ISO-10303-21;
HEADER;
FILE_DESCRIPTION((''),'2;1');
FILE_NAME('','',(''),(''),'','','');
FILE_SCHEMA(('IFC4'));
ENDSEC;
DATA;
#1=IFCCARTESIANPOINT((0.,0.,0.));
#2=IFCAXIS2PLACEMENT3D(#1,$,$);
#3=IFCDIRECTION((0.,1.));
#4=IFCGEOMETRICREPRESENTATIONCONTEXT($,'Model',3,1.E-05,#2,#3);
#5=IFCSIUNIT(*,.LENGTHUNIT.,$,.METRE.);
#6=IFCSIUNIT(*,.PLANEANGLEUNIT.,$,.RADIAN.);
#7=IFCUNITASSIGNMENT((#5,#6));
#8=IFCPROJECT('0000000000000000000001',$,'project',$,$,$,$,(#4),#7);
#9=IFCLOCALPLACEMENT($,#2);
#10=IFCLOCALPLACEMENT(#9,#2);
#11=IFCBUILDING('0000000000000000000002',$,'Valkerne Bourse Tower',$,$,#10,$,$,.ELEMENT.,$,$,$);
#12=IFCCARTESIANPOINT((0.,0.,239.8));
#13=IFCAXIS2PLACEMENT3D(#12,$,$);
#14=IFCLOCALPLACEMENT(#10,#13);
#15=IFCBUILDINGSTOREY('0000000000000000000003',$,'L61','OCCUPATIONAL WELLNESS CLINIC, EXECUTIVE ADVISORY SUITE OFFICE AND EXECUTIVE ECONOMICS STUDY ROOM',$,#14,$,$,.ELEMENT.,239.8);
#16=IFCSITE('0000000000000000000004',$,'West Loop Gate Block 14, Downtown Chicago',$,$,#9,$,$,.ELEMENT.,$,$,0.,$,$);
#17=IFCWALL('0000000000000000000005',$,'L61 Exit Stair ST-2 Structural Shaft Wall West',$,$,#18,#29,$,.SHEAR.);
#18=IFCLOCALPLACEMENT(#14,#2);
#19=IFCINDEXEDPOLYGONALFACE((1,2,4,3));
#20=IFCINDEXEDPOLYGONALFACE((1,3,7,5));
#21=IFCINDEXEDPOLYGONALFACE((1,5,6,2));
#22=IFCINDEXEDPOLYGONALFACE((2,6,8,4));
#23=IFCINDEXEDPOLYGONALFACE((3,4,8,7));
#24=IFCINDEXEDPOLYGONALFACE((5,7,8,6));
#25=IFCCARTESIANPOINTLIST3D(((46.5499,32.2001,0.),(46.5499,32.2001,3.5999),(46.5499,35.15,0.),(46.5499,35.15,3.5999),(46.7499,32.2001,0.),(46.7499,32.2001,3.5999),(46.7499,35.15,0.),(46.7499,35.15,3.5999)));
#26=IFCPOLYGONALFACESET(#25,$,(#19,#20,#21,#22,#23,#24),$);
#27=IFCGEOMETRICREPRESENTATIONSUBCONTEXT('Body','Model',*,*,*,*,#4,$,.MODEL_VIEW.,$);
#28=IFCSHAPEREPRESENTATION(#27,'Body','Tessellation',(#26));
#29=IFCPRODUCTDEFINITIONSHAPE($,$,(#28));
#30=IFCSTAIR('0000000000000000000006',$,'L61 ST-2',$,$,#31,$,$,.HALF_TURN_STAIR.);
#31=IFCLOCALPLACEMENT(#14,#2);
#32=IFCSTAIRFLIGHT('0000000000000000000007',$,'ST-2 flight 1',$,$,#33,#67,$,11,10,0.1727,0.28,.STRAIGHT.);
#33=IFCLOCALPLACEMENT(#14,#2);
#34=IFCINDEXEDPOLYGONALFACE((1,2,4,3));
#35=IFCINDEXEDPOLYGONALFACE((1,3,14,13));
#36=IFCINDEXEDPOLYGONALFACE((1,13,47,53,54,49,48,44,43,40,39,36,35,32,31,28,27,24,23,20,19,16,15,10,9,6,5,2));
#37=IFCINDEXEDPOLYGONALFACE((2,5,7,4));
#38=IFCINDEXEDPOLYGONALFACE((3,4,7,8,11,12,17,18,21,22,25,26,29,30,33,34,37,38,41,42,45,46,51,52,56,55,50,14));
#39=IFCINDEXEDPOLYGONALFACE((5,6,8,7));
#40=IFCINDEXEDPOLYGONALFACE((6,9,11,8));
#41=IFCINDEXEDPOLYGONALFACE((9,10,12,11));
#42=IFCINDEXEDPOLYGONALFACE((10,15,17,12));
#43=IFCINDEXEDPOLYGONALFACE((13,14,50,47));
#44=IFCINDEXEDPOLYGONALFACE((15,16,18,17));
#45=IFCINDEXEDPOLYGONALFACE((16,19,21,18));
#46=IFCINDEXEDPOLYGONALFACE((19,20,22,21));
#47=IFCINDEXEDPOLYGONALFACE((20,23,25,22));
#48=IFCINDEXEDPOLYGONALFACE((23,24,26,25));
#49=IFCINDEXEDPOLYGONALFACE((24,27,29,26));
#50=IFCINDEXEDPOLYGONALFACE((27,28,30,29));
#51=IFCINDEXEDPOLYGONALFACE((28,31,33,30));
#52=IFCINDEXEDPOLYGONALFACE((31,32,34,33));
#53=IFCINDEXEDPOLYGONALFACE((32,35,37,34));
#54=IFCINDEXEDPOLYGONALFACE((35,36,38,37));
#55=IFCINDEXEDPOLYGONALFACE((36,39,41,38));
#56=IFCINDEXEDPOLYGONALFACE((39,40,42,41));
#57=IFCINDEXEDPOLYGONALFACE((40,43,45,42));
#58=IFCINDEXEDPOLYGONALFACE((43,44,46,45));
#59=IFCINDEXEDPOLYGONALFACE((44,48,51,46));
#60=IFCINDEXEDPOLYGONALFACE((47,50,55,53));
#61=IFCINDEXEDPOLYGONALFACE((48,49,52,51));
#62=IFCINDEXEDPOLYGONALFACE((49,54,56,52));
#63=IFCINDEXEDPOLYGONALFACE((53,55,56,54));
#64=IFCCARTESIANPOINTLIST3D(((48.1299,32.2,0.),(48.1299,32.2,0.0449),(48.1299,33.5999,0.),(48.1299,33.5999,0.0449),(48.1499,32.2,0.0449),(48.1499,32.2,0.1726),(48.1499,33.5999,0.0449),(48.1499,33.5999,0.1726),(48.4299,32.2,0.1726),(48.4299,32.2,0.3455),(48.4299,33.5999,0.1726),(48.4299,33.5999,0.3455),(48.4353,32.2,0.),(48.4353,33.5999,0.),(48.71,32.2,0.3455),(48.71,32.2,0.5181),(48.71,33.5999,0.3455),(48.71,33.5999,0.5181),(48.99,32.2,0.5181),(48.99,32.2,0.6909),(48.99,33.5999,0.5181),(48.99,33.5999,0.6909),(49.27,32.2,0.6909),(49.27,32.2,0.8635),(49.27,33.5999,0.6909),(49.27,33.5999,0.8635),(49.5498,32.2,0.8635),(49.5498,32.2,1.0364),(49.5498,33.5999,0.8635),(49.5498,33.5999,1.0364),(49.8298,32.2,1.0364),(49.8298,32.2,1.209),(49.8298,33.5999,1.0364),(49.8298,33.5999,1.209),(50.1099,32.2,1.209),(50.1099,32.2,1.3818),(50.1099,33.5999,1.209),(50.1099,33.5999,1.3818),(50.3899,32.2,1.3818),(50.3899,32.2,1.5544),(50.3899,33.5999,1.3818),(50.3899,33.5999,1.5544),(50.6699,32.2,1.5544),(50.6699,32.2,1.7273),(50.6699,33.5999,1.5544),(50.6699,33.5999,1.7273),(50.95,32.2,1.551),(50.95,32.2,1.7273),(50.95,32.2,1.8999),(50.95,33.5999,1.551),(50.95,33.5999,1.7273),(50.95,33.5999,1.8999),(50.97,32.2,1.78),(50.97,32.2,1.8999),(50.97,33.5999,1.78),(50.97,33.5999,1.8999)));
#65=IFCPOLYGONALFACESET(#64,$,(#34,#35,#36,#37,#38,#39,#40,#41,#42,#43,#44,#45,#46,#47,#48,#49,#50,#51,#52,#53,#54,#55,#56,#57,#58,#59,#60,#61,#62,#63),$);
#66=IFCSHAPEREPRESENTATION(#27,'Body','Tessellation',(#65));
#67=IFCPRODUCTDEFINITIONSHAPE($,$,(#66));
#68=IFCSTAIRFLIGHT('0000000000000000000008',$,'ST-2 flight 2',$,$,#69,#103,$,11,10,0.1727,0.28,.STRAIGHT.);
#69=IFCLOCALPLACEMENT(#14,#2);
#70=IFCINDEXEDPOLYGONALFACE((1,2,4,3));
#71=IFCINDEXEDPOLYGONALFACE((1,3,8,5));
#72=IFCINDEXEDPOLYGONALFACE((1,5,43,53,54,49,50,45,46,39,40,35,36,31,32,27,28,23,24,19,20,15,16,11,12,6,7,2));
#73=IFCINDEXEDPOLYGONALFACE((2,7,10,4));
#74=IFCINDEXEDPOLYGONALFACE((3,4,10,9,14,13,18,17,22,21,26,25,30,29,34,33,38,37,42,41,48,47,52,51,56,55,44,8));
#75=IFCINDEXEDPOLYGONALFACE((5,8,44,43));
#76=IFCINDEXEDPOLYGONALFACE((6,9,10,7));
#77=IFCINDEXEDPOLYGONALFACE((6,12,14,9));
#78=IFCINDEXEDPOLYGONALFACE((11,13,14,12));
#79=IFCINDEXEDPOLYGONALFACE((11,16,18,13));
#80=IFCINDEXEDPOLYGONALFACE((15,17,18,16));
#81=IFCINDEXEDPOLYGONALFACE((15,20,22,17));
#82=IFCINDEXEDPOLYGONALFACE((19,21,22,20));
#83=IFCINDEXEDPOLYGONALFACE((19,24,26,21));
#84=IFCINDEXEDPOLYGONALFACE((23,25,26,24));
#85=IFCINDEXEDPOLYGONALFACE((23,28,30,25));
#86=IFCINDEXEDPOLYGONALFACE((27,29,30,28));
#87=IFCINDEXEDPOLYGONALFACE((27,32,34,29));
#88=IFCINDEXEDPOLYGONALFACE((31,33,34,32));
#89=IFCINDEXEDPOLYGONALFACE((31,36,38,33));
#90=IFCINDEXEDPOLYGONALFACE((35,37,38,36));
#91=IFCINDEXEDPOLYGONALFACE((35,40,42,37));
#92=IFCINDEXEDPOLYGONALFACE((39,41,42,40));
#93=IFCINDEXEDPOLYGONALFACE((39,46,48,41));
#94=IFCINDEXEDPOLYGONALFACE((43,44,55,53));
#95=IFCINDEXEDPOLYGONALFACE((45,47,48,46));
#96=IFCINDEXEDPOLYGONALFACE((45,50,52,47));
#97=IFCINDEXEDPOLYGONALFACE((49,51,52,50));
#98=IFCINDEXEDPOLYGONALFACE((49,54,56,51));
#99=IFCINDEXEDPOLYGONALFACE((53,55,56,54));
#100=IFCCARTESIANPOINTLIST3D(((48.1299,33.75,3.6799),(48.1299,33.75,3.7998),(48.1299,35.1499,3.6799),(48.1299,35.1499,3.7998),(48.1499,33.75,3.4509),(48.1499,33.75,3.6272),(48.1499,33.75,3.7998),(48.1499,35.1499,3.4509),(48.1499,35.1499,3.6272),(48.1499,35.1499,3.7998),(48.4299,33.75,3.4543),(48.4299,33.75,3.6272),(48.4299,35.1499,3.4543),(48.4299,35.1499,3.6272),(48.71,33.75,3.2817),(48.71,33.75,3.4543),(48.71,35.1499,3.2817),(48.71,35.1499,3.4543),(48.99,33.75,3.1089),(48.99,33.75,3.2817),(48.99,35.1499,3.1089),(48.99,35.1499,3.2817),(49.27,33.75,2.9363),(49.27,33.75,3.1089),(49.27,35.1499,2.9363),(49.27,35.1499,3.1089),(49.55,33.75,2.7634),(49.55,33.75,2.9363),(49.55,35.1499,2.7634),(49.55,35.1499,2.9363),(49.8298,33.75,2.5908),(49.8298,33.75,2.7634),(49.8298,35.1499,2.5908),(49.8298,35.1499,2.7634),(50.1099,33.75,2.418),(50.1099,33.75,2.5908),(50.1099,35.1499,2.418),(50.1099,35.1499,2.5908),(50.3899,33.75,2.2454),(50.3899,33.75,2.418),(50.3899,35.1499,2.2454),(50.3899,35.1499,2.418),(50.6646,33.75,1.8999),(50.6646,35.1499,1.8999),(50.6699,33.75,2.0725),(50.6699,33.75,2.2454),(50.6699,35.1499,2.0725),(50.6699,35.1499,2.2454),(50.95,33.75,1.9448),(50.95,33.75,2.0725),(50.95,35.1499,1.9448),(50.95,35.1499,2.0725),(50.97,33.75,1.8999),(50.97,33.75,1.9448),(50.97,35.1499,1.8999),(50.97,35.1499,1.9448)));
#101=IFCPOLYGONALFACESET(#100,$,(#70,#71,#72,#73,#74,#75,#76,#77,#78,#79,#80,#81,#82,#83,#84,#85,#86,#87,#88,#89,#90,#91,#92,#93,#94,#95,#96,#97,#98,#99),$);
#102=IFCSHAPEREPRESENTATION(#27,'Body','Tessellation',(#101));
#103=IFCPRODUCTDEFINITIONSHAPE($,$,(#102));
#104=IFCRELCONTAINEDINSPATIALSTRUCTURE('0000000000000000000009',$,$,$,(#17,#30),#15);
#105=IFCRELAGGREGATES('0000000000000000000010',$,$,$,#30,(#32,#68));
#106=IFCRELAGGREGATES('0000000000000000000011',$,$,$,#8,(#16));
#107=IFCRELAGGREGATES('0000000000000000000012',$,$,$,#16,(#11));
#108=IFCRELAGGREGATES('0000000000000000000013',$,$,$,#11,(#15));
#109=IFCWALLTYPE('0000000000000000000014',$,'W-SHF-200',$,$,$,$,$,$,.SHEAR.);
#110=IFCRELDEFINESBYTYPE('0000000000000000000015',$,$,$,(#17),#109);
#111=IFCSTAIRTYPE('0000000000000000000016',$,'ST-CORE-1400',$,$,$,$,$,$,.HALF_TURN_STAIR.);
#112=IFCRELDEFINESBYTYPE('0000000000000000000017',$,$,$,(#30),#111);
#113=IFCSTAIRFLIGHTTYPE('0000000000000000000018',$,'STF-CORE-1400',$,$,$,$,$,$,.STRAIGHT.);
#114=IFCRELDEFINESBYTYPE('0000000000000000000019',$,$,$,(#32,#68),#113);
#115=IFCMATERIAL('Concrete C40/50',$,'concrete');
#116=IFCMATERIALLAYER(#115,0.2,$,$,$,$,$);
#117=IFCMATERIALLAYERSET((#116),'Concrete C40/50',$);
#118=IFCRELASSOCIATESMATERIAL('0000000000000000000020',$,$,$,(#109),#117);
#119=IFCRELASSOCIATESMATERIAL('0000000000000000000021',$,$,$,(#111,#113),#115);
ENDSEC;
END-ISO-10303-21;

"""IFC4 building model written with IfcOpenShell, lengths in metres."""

from ifc_helpers import new_model, si_unit, direction, frame, frame_2d, origin, place, context, subcontext, project, spatial, polyline, rectangle, outline, extrude, material, layer, layer_set, type_object, element, aggregate, save


model = new_model("IFC4")

# Units and contexts
model_context = context("Model", 3, precision=1e-05, world=origin(), true_north=direction((0.0, 1.0)))
body_context = subcontext(model_context, "Body", "Model", "MODEL_VIEW")
ifc_project = project(units=[si_unit("LENGTHUNIT", "METRE"), si_unit("PLANEANGLEUNIT", "RADIAN")], contexts=[model_context])

# Site, building, storey
site_placement = place(None, origin())
site = spatial("IfcSite", under=ifc_project, at=site_placement, Name="West Loop Gate Block 14, Downtown Chicago", CompositionType="ELEMENT", RefElevation=0.0)
building_placement = place(site_placement, origin())
building = spatial("IfcBuilding", under=site, at=building_placement, Name="Valkerne Bourse Tower", CompositionType="ELEMENT")
storey_placement = place(building_placement, frame((0.0, 0.0, 239.8)))
storey = spatial("IfcBuildingStorey", under=building, at=storey_placement, Name="L61", Description="OCCUPATIONAL WELLNESS CLINIC, EXECUTIVE ADVISORY SUITE OFFICE AND EXECUTIVE ECONOMICS STUDY ROOM", CompositionType="ELEMENT", Elevation=239.8)

# Shared definitions
ifc_material_1 = material(Name="Concrete C40/50", Category="concrete")
ifc_layer_1 = layer(ifc_material_1, 0.2)
ifc_layer_set_1 = layer_set([ifc_layer_1], Name="Concrete C40/50")
wall_type_1 = type_object("IfcWallType", Name="W-SHF-200", PredefinedType="SHEAR", material=ifc_layer_set_1)

# Wall
wall_1_placement = place(storey_placement, frame((46.6499, 32.2, 0.0), z_axis=(0.0, 0.0, 1.0), x_axis=(0.0, 1.0, 0.0)))
element("IfcWall", 1, at=wall_1_placement, inside=storey, type_object=wall_type_1, Name="L61 Exit Stair ST-2 Structural Shaft Wall West", PredefinedType="SHEAR", context=body_context, shape_type="SweptSolid", body=[
    extrude(rectangle(XDim=2.95, YDim=0.2, at=frame_2d((1.4751, 0.0))), origin(), (0.0, 0.0, 1.0), 3.5999),
])

# Stair, stair flights
stair_type = type_object("IfcStairType", Name="ST-CORE-1400", PredefinedType="HALF_TURN_STAIR", material=ifc_material_1)
stair_placement = place(storey_placement, origin())
stair = element("IfcStair", 2, at=stair_placement, inside=storey, type_object=stair_type, Name="L61 ST-2", PredefinedType="HALF_TURN_STAIR")
stair_flight_type = type_object("IfcStairFlightType", Name="STF-CORE-1400", PredefinedType="STRAIGHT", material=ifc_material_1)
stair_flight_1_placement = place(storey_placement, frame((48.1499, 32.8999, 0.0), z_axis=(0.0, 0.0, 1.0), x_axis=(1.0, 0.0, 0.0)))
stair_flight_1 = element("IfcStairFlight", 3, at=stair_flight_1_placement, type_object=stair_flight_type, Name="ST-2 flight 1", NumberOfRisers=11, NumberOfTreads=10, PredefinedType="STRAIGHT", RiserHeight=0.1727, TreadLength=0.28, context=body_context, shape_type="SweptSolid", body=[
    extrude(outline(polyline([(-0.02, 0.0), (-0.02, 0.0449), (0.0, 0.0449), (0.0, 0.1726), (0.28, 0.1726), (0.28, 0.3455), (0.5601, 0.3455), (0.5601, 0.5181), (0.8401, 0.5181), (0.8401, 0.6909), (1.1201, 0.6909), (1.1201, 0.8635), (1.3999, 0.8635), (1.3999, 1.0364), (1.6799, 1.0364), (1.6799, 1.209), (1.96, 1.209), (1.96, 1.3818), (2.24, 1.3818), (2.24, 1.5544), (2.52, 1.5544), (2.52, 1.7273), (2.8, 1.7273), (2.8, 1.8999), (2.8201, 1.8999), (2.8201, 1.78), (2.8, 1.551), (0.2854, 0.0), (-0.02, 0.0)])), frame((0.0, 0.7, 0.0), z_axis=(0.0, -1.0, 0.0), x_axis=(1.0, 0.0, 0.0)), (0.0, 0.0, 1.0), 1.3999),
])
stair_flight_2_placement = place(storey_placement, frame((50.95, 34.45, 1.8999), z_axis=(0.0, 0.0, 1.0), x_axis=(-1.0, 0.0, 0.0)))
stair_flight_2 = element("IfcStairFlight", 4, at=stair_flight_2_placement, type_object=stair_flight_type, Name="ST-2 flight 2", NumberOfRisers=11, NumberOfTreads=10, PredefinedType="STRAIGHT", RiserHeight=0.1727, TreadLength=0.28, context=body_context, shape_type="SweptSolid", body=[
    extrude(outline(polyline([(-0.02, 0.0), (-0.02, 0.0449), (0.0, 0.0449), (0.0, 0.1726), (0.28, 0.1726), (0.28, 0.3455), (0.5601, 0.3455), (0.5601, 0.5181), (0.8401, 0.5181), (0.8401, 0.6909), (1.1201, 0.6909), (1.1201, 0.8635), (1.3999, 0.8635), (1.3999, 1.0364), (1.6799, 1.0364), (1.6799, 1.209), (1.96, 1.209), (1.96, 1.3818), (2.24, 1.3818), (2.24, 1.5544), (2.52, 1.5544), (2.52, 1.7273), (2.8, 1.7273), (2.8, 1.8999), (2.8201, 1.8999), (2.8201, 1.78), (2.8, 1.551), (0.2854, 0.0), (-0.02, 0.0)])), frame((0.0, 0.7, 0.0), z_axis=(0.0, -1.0, 0.0), x_axis=(1.0, 0.0, 0.0)), (0.0, 0.0, 1.0), 1.3999),
])
aggregate(stair, [stair_flight_1, stair_flight_2])

save(model, "model.ifc")
